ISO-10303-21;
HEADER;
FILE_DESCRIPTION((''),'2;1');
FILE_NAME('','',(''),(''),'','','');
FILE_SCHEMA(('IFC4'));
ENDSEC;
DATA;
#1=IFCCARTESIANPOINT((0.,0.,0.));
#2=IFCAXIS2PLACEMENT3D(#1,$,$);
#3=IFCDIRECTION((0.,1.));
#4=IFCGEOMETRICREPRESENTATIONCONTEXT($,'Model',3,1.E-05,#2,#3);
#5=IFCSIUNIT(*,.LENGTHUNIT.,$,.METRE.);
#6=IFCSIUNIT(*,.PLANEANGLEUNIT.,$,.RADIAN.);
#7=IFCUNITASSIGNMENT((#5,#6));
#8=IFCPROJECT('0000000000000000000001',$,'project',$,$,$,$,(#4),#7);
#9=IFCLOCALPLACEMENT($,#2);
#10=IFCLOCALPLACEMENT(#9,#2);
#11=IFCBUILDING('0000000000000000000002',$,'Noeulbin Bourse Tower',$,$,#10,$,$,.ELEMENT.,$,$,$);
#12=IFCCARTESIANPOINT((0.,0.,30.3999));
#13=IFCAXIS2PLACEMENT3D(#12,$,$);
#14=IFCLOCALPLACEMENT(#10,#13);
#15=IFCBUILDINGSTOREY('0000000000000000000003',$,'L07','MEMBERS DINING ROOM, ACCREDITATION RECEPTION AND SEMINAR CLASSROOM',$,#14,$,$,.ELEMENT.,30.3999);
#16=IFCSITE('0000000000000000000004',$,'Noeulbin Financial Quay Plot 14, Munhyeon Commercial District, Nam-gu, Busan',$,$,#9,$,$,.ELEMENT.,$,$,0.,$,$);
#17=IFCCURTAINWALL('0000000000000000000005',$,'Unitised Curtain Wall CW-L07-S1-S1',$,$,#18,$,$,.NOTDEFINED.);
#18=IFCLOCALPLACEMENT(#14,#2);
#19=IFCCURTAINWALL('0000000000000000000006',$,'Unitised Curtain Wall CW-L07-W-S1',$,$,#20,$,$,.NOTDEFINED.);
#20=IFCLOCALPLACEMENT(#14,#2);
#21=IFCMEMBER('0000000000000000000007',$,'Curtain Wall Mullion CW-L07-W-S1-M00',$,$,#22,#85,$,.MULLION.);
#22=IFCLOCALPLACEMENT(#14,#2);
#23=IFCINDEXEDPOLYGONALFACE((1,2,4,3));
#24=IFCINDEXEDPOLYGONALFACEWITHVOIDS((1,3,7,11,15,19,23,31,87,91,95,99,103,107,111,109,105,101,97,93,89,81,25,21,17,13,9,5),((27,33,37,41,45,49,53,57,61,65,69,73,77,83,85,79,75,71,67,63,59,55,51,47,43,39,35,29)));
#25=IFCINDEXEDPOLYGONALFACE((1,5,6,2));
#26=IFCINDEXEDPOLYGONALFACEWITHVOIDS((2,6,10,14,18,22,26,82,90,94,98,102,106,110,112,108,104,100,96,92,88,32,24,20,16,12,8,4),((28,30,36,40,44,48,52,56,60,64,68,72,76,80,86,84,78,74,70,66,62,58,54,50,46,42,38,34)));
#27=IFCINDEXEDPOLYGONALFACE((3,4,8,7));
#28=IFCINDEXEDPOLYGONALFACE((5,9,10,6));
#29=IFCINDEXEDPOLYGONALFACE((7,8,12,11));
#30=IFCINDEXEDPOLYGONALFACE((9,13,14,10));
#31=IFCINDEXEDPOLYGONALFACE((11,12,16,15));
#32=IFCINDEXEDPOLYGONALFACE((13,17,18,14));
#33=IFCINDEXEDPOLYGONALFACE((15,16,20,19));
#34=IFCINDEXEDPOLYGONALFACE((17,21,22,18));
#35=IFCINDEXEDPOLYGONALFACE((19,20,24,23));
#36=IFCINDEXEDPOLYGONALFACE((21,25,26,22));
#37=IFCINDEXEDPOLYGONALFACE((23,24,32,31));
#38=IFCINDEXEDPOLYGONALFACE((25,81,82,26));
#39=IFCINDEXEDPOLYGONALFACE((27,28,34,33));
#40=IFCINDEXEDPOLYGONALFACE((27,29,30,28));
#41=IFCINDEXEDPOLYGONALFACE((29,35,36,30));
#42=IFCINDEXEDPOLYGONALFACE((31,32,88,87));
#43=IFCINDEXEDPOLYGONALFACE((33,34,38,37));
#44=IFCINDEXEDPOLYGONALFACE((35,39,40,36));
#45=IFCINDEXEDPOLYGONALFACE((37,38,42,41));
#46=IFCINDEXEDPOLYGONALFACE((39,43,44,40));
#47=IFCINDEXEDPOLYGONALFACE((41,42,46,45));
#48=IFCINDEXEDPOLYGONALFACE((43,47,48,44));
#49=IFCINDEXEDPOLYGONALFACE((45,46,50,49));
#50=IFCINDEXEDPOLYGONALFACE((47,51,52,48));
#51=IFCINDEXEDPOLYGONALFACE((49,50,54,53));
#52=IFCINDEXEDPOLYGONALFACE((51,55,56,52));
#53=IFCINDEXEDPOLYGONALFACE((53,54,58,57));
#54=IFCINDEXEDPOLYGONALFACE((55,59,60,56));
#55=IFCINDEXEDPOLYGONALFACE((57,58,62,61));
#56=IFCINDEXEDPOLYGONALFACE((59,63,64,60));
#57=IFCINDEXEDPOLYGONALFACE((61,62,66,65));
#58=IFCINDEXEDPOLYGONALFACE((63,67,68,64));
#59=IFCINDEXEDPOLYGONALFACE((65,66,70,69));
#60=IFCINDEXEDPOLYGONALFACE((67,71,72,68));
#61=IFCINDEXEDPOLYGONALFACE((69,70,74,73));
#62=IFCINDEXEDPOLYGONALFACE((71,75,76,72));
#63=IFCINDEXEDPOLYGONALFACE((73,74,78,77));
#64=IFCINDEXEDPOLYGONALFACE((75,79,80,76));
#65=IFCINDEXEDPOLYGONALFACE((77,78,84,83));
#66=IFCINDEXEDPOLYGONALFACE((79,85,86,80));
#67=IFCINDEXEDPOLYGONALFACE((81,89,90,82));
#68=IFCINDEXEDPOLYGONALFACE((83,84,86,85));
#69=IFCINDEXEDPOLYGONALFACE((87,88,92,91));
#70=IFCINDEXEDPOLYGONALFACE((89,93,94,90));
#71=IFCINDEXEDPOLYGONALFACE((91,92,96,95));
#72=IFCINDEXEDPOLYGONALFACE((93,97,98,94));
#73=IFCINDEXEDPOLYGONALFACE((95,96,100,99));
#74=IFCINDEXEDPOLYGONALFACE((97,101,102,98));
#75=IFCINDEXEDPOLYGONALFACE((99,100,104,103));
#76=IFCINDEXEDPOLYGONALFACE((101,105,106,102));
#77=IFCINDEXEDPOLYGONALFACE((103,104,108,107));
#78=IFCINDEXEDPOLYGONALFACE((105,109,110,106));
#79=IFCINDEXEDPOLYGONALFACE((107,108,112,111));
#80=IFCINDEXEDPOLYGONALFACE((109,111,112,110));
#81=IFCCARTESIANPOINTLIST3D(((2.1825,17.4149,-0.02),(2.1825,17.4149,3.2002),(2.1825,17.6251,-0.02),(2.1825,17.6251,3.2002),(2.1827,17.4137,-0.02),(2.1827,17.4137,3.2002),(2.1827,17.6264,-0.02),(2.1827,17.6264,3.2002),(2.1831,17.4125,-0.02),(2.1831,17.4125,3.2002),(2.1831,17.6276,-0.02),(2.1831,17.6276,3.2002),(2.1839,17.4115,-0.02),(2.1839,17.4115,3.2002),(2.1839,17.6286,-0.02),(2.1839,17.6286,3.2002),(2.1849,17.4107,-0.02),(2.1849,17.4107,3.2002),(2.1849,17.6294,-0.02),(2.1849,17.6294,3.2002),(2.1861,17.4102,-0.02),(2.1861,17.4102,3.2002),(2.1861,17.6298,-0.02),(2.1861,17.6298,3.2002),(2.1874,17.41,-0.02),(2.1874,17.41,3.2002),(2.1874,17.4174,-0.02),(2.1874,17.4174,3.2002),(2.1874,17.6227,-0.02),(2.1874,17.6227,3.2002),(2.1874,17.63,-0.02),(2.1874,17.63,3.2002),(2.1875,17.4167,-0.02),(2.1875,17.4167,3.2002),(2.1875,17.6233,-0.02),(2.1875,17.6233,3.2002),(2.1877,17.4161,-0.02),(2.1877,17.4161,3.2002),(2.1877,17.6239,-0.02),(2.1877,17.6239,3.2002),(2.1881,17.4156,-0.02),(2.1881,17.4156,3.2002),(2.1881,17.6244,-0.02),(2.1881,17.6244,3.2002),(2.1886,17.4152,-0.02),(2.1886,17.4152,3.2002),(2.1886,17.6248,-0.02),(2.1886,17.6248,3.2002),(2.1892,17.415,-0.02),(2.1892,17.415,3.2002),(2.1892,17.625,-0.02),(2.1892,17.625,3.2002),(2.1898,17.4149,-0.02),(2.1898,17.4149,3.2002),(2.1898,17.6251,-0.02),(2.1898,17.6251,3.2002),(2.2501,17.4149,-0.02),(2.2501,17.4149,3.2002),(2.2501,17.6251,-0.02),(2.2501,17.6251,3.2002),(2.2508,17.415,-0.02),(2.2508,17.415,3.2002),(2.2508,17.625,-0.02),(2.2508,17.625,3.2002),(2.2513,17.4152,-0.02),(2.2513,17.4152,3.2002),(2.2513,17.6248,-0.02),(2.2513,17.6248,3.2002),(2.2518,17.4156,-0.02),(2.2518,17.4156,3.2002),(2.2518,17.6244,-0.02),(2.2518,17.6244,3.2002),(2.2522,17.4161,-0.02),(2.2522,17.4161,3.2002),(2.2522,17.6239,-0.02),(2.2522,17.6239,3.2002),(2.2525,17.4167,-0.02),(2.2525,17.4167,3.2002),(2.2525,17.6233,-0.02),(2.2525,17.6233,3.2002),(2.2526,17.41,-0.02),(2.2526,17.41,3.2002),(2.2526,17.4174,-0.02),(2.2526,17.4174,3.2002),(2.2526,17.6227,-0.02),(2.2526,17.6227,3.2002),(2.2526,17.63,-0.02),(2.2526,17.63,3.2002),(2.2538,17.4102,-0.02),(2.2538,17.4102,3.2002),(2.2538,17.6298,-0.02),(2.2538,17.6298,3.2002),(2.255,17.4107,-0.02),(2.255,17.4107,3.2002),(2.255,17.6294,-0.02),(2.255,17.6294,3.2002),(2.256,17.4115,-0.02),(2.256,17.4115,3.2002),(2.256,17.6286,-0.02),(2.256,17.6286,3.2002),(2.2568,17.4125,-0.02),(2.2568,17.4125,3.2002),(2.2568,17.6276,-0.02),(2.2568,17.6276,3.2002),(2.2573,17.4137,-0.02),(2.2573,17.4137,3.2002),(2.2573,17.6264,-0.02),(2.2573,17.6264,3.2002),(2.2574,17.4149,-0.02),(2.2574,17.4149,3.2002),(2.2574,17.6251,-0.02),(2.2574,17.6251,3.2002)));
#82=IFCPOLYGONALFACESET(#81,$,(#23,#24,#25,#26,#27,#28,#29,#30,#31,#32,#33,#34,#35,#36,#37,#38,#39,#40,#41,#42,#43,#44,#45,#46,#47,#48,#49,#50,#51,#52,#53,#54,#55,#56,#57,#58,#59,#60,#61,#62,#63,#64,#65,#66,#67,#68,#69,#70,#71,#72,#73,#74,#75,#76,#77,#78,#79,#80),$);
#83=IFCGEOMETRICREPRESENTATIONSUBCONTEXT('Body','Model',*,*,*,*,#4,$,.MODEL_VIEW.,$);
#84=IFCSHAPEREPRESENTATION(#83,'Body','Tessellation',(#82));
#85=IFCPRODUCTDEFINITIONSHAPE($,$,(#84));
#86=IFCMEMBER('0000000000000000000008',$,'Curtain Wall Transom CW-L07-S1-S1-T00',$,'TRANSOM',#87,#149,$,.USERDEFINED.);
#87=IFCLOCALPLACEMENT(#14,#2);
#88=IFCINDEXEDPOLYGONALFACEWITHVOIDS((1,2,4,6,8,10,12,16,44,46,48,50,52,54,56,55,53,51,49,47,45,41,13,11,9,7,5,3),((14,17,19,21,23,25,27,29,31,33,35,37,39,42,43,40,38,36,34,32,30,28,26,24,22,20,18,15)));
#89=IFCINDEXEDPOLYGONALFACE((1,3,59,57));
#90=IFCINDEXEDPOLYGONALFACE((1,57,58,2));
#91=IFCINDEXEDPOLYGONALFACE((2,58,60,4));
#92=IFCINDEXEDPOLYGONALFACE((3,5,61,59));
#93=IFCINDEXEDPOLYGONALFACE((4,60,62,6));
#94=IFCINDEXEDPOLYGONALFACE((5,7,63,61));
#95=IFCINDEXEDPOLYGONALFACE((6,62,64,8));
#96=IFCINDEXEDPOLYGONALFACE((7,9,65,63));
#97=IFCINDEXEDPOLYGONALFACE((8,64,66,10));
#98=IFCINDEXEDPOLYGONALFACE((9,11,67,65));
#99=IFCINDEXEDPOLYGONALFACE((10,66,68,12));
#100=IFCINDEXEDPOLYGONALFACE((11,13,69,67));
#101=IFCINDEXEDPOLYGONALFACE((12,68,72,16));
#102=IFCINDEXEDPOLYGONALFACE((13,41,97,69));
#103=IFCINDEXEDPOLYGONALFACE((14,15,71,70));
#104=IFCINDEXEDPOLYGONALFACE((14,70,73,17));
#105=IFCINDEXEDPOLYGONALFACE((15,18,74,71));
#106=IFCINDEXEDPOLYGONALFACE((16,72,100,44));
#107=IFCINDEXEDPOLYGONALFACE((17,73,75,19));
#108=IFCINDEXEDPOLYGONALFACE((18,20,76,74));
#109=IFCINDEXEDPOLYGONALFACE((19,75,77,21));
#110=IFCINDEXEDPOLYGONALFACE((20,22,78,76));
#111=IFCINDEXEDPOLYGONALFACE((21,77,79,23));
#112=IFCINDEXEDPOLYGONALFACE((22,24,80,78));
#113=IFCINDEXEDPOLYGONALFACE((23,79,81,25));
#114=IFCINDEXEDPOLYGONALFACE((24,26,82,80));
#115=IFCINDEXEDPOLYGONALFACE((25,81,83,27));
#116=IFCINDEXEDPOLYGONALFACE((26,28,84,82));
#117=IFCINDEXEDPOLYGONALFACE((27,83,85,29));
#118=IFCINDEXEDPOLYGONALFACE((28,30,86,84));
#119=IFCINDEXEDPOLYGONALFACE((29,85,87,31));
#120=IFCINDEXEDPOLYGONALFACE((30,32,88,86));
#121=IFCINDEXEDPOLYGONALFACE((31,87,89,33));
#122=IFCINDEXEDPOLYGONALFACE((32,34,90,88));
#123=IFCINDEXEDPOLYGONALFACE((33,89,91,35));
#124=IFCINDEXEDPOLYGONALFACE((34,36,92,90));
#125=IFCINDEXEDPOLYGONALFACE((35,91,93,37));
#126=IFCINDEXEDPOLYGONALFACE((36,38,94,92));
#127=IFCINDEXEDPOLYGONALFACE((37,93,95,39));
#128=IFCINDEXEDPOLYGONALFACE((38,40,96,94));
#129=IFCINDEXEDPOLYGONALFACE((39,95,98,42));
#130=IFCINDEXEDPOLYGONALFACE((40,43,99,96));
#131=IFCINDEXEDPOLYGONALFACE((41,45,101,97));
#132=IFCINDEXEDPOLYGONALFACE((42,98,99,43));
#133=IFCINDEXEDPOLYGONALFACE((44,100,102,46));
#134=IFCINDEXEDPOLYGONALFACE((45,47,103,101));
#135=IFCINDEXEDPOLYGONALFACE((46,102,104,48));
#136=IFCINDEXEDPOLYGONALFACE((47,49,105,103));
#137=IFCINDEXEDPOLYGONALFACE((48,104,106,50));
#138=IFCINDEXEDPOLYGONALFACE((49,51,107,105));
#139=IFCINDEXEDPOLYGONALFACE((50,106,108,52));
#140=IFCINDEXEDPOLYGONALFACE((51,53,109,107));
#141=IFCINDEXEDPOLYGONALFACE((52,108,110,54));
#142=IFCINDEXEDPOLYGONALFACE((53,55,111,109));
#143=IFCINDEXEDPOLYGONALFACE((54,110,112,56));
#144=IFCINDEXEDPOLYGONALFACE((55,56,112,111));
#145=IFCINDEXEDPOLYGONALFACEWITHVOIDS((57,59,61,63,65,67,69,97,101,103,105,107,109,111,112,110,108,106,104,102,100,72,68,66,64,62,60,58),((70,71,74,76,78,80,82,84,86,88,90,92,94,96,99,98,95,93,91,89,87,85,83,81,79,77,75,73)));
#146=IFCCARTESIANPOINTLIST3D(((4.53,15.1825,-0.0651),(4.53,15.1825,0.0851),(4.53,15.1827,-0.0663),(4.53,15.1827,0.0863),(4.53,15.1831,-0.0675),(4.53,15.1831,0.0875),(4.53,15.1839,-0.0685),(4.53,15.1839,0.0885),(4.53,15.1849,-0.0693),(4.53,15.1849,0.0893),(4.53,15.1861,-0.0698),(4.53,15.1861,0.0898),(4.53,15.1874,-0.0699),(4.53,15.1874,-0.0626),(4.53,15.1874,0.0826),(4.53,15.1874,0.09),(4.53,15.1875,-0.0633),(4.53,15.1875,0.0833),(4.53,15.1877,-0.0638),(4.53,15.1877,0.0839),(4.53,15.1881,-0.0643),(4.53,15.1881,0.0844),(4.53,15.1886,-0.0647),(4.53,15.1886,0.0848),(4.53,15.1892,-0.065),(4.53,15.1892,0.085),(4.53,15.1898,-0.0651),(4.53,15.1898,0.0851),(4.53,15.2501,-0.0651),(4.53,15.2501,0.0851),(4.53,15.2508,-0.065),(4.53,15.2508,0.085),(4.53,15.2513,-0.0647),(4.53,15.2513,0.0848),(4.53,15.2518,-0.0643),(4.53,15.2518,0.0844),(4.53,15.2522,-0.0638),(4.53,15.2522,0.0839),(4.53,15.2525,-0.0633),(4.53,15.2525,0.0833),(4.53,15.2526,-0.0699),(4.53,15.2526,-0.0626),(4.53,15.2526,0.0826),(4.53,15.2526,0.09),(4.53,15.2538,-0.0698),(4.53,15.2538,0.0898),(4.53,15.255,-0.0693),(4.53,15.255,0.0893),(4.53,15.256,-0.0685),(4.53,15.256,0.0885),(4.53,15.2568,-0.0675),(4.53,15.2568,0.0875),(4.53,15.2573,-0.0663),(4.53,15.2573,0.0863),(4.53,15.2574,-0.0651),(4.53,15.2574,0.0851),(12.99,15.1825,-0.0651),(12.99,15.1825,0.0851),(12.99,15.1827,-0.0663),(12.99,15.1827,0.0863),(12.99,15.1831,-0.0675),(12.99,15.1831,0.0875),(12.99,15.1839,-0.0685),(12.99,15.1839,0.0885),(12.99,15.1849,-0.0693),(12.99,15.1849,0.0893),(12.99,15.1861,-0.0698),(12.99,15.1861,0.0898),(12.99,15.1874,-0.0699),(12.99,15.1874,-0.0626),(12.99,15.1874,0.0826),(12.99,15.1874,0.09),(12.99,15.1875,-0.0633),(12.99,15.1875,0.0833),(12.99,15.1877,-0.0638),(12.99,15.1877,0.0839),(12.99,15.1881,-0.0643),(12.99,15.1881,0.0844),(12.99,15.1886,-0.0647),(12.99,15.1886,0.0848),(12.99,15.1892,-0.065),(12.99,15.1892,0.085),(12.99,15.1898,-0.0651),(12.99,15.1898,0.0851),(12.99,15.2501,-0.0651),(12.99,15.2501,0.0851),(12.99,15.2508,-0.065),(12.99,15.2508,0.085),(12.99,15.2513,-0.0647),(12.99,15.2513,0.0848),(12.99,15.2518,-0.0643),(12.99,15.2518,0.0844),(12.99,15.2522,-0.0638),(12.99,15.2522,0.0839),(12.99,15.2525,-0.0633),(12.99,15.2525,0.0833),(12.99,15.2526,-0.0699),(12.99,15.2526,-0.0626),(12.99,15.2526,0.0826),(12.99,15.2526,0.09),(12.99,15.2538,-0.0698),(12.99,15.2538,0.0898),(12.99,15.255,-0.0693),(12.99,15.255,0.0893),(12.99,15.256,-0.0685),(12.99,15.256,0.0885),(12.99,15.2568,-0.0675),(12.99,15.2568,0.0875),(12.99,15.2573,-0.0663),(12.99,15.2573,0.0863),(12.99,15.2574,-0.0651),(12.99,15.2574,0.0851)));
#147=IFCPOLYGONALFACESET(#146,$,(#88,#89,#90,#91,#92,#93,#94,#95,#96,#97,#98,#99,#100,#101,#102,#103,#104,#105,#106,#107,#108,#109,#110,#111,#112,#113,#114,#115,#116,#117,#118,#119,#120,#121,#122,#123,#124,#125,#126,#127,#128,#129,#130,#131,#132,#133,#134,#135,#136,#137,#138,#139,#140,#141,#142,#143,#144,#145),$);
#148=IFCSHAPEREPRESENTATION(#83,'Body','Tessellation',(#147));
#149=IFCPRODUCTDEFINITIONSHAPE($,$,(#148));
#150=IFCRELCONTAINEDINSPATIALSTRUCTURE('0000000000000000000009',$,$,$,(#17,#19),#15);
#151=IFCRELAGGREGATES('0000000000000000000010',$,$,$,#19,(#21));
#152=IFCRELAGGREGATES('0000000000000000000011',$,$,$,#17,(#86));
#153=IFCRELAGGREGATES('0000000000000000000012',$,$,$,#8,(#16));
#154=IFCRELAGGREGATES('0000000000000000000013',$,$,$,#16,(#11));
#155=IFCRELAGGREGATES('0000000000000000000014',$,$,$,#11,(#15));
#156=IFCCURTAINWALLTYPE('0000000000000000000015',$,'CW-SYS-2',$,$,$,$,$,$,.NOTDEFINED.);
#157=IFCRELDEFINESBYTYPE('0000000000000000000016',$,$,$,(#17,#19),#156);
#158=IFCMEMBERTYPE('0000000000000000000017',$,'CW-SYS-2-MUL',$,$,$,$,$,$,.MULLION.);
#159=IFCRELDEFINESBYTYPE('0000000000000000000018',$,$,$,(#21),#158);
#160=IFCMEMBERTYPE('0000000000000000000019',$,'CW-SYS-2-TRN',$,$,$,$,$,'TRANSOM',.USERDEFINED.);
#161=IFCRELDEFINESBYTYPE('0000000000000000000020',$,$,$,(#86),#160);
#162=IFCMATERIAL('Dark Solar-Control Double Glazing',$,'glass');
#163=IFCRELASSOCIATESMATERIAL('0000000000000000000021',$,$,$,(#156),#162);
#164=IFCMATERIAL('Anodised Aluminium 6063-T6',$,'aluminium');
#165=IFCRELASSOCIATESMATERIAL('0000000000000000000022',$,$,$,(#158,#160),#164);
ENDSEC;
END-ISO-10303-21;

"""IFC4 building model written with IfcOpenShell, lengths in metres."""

from ifc_helpers import new_model, si_unit, direction, frame, origin, origin_2d, place, context, subcontext, project, spatial, hollow_rectangle, extrude, material, material_profile, profile_set, type_object, element, aggregate, save


model = new_model("IFC4")

# Units and contexts
model_context = context("Model", 3, precision=1e-05, world=origin(), true_north=direction((0.0, 1.0)))
body_context = subcontext(model_context, "Body", "Model", "MODEL_VIEW")
ifc_project = project(units=[si_unit("LENGTHUNIT", "METRE"), si_unit("PLANEANGLEUNIT", "RADIAN")], contexts=[model_context])

# Site, building, storey
site_placement = place(None, origin())
site = spatial("IfcSite", under=ifc_project, at=site_placement, Name="Noeulbin Financial Quay Plot 14, Munhyeon Commercial District, Nam-gu, Busan", CompositionType="ELEMENT", RefElevation=0.0)
building_placement = place(site_placement, origin())
building = spatial("IfcBuilding", under=site, at=building_placement, Name="Noeulbin Bourse Tower", CompositionType="ELEMENT")
storey_placement = place(building_placement, frame((0.0, 0.0, 30.3999)))
storey = spatial("IfcBuildingStorey", under=building, at=storey_placement, Name="L07", Description="MEMBERS DINING ROOM, ACCREDITATION RECEPTION AND SEMINAR CLASSROOM", CompositionType="ELEMENT", Elevation=30.3999)

# Curtain wall
ifc_material_1 = material(Name="Dark Solar-Control Double Glazing", Category="glass")
curtain_wall_type = type_object("IfcCurtainWallType", Name="CW-SYS-2", PredefinedType="NOTDEFINED", material=ifc_material_1)
curtain_wall_1_placement = place(storey_placement, origin())
curtain_wall_1 = element("IfcCurtainWall", 1, at=curtain_wall_1_placement, inside=storey, type_object=curtain_wall_type, Name="Unitised Curtain Wall CW-L07-S1-S1", PredefinedType="NOTDEFINED")
ifc_material_2 = material(Name="Anodised Aluminium 6063-T6", Category="aluminium")
ifc_material_profile_1 = material_profile(ifc_material_2, hollow_rectangle(XDim=0.075, YDim=0.22, WallThickness=0.0049, InnerFilletRadius=0.0024, OuterFilletRadius=0.0049, at=origin_2d()), Name="ALU-MULL-75x220x5", Category="LoadBearing")
ifc_profile_set_1 = profile_set([ifc_material_profile_1], Name="Anodised Aluminium 6063-T6")
member_type_1 = type_object("IfcMemberType", Name="CW-SYS-2-MUL", PredefinedType="MULLION", material=ifc_profile_set_1)

# Curtain wall, member
curtain_wall_2_placement = place(storey_placement, origin())
curtain_wall_2 = element("IfcCurtainWall", 2, at=curtain_wall_2_placement, inside=storey, type_object=curtain_wall_type, Name="Unitised Curtain Wall CW-L07-W-S1", PredefinedType="NOTDEFINED")
member_1_placement = place(storey_placement, frame((2.22, 17.52, -0.02), z_axis=(0.0, 0.0, 1.0), x_axis=(1.0, 0.0, 0.0)))
member_1 = element("IfcMember", 3, at=member_1_placement, type_object=member_type_1, Name="Curtain Wall Mullion CW-L07-W-S1-M00", PredefinedType="MULLION", context=body_context, shape_type="SweptSolid", body=[
    extrude(hollow_rectangle(XDim=0.075, YDim=0.22, WallThickness=0.0049, InnerFilletRadius=0.0024, OuterFilletRadius=0.0049, at=origin_2d()), origin(), (0.0, 0.0, 1.0), 3.2202),
])

# Member
ifc_material_profile_2 = material_profile(ifc_material_2, hollow_rectangle(XDim=0.075, YDim=0.1599, WallThickness=0.0049, InnerFilletRadius=0.0024, OuterFilletRadius=0.0049, at=origin_2d()), Name="ALU-TRAN-75x160x5", Category="LoadBearing")
ifc_profile_set_2 = profile_set([ifc_material_profile_2], Name="Anodised Aluminium 6063-T6")
member_type_2 = type_object("IfcMemberType", Name="CW-SYS-2-TRN", ElementType="TRANSOM", PredefinedType="USERDEFINED", material=ifc_profile_set_2)
member_2_placement = place(storey_placement, frame((4.53, 15.22, 0.01), z_axis=(1.0, 0.0, 0.0), x_axis=(0.0, 1.0, 0.0)))
member_2 = element("IfcMember", 4, at=member_2_placement, type_object=member_type_2, Name="Curtain Wall Transom CW-L07-S1-S1-T00", ObjectType="TRANSOM", PredefinedType="USERDEFINED", context=body_context, shape_type="SweptSolid", body=[
    extrude(hollow_rectangle(XDim=0.075, YDim=0.1599, WallThickness=0.0049, InnerFilletRadius=0.0024, OuterFilletRadius=0.0049, at=origin_2d()), origin(), (0.0, 0.0, 1.0), 8.46),
])
aggregate(curtain_wall_2, [member_1])

aggregate(curtain_wall_1, [member_2])

save(model, "model.ifc")
